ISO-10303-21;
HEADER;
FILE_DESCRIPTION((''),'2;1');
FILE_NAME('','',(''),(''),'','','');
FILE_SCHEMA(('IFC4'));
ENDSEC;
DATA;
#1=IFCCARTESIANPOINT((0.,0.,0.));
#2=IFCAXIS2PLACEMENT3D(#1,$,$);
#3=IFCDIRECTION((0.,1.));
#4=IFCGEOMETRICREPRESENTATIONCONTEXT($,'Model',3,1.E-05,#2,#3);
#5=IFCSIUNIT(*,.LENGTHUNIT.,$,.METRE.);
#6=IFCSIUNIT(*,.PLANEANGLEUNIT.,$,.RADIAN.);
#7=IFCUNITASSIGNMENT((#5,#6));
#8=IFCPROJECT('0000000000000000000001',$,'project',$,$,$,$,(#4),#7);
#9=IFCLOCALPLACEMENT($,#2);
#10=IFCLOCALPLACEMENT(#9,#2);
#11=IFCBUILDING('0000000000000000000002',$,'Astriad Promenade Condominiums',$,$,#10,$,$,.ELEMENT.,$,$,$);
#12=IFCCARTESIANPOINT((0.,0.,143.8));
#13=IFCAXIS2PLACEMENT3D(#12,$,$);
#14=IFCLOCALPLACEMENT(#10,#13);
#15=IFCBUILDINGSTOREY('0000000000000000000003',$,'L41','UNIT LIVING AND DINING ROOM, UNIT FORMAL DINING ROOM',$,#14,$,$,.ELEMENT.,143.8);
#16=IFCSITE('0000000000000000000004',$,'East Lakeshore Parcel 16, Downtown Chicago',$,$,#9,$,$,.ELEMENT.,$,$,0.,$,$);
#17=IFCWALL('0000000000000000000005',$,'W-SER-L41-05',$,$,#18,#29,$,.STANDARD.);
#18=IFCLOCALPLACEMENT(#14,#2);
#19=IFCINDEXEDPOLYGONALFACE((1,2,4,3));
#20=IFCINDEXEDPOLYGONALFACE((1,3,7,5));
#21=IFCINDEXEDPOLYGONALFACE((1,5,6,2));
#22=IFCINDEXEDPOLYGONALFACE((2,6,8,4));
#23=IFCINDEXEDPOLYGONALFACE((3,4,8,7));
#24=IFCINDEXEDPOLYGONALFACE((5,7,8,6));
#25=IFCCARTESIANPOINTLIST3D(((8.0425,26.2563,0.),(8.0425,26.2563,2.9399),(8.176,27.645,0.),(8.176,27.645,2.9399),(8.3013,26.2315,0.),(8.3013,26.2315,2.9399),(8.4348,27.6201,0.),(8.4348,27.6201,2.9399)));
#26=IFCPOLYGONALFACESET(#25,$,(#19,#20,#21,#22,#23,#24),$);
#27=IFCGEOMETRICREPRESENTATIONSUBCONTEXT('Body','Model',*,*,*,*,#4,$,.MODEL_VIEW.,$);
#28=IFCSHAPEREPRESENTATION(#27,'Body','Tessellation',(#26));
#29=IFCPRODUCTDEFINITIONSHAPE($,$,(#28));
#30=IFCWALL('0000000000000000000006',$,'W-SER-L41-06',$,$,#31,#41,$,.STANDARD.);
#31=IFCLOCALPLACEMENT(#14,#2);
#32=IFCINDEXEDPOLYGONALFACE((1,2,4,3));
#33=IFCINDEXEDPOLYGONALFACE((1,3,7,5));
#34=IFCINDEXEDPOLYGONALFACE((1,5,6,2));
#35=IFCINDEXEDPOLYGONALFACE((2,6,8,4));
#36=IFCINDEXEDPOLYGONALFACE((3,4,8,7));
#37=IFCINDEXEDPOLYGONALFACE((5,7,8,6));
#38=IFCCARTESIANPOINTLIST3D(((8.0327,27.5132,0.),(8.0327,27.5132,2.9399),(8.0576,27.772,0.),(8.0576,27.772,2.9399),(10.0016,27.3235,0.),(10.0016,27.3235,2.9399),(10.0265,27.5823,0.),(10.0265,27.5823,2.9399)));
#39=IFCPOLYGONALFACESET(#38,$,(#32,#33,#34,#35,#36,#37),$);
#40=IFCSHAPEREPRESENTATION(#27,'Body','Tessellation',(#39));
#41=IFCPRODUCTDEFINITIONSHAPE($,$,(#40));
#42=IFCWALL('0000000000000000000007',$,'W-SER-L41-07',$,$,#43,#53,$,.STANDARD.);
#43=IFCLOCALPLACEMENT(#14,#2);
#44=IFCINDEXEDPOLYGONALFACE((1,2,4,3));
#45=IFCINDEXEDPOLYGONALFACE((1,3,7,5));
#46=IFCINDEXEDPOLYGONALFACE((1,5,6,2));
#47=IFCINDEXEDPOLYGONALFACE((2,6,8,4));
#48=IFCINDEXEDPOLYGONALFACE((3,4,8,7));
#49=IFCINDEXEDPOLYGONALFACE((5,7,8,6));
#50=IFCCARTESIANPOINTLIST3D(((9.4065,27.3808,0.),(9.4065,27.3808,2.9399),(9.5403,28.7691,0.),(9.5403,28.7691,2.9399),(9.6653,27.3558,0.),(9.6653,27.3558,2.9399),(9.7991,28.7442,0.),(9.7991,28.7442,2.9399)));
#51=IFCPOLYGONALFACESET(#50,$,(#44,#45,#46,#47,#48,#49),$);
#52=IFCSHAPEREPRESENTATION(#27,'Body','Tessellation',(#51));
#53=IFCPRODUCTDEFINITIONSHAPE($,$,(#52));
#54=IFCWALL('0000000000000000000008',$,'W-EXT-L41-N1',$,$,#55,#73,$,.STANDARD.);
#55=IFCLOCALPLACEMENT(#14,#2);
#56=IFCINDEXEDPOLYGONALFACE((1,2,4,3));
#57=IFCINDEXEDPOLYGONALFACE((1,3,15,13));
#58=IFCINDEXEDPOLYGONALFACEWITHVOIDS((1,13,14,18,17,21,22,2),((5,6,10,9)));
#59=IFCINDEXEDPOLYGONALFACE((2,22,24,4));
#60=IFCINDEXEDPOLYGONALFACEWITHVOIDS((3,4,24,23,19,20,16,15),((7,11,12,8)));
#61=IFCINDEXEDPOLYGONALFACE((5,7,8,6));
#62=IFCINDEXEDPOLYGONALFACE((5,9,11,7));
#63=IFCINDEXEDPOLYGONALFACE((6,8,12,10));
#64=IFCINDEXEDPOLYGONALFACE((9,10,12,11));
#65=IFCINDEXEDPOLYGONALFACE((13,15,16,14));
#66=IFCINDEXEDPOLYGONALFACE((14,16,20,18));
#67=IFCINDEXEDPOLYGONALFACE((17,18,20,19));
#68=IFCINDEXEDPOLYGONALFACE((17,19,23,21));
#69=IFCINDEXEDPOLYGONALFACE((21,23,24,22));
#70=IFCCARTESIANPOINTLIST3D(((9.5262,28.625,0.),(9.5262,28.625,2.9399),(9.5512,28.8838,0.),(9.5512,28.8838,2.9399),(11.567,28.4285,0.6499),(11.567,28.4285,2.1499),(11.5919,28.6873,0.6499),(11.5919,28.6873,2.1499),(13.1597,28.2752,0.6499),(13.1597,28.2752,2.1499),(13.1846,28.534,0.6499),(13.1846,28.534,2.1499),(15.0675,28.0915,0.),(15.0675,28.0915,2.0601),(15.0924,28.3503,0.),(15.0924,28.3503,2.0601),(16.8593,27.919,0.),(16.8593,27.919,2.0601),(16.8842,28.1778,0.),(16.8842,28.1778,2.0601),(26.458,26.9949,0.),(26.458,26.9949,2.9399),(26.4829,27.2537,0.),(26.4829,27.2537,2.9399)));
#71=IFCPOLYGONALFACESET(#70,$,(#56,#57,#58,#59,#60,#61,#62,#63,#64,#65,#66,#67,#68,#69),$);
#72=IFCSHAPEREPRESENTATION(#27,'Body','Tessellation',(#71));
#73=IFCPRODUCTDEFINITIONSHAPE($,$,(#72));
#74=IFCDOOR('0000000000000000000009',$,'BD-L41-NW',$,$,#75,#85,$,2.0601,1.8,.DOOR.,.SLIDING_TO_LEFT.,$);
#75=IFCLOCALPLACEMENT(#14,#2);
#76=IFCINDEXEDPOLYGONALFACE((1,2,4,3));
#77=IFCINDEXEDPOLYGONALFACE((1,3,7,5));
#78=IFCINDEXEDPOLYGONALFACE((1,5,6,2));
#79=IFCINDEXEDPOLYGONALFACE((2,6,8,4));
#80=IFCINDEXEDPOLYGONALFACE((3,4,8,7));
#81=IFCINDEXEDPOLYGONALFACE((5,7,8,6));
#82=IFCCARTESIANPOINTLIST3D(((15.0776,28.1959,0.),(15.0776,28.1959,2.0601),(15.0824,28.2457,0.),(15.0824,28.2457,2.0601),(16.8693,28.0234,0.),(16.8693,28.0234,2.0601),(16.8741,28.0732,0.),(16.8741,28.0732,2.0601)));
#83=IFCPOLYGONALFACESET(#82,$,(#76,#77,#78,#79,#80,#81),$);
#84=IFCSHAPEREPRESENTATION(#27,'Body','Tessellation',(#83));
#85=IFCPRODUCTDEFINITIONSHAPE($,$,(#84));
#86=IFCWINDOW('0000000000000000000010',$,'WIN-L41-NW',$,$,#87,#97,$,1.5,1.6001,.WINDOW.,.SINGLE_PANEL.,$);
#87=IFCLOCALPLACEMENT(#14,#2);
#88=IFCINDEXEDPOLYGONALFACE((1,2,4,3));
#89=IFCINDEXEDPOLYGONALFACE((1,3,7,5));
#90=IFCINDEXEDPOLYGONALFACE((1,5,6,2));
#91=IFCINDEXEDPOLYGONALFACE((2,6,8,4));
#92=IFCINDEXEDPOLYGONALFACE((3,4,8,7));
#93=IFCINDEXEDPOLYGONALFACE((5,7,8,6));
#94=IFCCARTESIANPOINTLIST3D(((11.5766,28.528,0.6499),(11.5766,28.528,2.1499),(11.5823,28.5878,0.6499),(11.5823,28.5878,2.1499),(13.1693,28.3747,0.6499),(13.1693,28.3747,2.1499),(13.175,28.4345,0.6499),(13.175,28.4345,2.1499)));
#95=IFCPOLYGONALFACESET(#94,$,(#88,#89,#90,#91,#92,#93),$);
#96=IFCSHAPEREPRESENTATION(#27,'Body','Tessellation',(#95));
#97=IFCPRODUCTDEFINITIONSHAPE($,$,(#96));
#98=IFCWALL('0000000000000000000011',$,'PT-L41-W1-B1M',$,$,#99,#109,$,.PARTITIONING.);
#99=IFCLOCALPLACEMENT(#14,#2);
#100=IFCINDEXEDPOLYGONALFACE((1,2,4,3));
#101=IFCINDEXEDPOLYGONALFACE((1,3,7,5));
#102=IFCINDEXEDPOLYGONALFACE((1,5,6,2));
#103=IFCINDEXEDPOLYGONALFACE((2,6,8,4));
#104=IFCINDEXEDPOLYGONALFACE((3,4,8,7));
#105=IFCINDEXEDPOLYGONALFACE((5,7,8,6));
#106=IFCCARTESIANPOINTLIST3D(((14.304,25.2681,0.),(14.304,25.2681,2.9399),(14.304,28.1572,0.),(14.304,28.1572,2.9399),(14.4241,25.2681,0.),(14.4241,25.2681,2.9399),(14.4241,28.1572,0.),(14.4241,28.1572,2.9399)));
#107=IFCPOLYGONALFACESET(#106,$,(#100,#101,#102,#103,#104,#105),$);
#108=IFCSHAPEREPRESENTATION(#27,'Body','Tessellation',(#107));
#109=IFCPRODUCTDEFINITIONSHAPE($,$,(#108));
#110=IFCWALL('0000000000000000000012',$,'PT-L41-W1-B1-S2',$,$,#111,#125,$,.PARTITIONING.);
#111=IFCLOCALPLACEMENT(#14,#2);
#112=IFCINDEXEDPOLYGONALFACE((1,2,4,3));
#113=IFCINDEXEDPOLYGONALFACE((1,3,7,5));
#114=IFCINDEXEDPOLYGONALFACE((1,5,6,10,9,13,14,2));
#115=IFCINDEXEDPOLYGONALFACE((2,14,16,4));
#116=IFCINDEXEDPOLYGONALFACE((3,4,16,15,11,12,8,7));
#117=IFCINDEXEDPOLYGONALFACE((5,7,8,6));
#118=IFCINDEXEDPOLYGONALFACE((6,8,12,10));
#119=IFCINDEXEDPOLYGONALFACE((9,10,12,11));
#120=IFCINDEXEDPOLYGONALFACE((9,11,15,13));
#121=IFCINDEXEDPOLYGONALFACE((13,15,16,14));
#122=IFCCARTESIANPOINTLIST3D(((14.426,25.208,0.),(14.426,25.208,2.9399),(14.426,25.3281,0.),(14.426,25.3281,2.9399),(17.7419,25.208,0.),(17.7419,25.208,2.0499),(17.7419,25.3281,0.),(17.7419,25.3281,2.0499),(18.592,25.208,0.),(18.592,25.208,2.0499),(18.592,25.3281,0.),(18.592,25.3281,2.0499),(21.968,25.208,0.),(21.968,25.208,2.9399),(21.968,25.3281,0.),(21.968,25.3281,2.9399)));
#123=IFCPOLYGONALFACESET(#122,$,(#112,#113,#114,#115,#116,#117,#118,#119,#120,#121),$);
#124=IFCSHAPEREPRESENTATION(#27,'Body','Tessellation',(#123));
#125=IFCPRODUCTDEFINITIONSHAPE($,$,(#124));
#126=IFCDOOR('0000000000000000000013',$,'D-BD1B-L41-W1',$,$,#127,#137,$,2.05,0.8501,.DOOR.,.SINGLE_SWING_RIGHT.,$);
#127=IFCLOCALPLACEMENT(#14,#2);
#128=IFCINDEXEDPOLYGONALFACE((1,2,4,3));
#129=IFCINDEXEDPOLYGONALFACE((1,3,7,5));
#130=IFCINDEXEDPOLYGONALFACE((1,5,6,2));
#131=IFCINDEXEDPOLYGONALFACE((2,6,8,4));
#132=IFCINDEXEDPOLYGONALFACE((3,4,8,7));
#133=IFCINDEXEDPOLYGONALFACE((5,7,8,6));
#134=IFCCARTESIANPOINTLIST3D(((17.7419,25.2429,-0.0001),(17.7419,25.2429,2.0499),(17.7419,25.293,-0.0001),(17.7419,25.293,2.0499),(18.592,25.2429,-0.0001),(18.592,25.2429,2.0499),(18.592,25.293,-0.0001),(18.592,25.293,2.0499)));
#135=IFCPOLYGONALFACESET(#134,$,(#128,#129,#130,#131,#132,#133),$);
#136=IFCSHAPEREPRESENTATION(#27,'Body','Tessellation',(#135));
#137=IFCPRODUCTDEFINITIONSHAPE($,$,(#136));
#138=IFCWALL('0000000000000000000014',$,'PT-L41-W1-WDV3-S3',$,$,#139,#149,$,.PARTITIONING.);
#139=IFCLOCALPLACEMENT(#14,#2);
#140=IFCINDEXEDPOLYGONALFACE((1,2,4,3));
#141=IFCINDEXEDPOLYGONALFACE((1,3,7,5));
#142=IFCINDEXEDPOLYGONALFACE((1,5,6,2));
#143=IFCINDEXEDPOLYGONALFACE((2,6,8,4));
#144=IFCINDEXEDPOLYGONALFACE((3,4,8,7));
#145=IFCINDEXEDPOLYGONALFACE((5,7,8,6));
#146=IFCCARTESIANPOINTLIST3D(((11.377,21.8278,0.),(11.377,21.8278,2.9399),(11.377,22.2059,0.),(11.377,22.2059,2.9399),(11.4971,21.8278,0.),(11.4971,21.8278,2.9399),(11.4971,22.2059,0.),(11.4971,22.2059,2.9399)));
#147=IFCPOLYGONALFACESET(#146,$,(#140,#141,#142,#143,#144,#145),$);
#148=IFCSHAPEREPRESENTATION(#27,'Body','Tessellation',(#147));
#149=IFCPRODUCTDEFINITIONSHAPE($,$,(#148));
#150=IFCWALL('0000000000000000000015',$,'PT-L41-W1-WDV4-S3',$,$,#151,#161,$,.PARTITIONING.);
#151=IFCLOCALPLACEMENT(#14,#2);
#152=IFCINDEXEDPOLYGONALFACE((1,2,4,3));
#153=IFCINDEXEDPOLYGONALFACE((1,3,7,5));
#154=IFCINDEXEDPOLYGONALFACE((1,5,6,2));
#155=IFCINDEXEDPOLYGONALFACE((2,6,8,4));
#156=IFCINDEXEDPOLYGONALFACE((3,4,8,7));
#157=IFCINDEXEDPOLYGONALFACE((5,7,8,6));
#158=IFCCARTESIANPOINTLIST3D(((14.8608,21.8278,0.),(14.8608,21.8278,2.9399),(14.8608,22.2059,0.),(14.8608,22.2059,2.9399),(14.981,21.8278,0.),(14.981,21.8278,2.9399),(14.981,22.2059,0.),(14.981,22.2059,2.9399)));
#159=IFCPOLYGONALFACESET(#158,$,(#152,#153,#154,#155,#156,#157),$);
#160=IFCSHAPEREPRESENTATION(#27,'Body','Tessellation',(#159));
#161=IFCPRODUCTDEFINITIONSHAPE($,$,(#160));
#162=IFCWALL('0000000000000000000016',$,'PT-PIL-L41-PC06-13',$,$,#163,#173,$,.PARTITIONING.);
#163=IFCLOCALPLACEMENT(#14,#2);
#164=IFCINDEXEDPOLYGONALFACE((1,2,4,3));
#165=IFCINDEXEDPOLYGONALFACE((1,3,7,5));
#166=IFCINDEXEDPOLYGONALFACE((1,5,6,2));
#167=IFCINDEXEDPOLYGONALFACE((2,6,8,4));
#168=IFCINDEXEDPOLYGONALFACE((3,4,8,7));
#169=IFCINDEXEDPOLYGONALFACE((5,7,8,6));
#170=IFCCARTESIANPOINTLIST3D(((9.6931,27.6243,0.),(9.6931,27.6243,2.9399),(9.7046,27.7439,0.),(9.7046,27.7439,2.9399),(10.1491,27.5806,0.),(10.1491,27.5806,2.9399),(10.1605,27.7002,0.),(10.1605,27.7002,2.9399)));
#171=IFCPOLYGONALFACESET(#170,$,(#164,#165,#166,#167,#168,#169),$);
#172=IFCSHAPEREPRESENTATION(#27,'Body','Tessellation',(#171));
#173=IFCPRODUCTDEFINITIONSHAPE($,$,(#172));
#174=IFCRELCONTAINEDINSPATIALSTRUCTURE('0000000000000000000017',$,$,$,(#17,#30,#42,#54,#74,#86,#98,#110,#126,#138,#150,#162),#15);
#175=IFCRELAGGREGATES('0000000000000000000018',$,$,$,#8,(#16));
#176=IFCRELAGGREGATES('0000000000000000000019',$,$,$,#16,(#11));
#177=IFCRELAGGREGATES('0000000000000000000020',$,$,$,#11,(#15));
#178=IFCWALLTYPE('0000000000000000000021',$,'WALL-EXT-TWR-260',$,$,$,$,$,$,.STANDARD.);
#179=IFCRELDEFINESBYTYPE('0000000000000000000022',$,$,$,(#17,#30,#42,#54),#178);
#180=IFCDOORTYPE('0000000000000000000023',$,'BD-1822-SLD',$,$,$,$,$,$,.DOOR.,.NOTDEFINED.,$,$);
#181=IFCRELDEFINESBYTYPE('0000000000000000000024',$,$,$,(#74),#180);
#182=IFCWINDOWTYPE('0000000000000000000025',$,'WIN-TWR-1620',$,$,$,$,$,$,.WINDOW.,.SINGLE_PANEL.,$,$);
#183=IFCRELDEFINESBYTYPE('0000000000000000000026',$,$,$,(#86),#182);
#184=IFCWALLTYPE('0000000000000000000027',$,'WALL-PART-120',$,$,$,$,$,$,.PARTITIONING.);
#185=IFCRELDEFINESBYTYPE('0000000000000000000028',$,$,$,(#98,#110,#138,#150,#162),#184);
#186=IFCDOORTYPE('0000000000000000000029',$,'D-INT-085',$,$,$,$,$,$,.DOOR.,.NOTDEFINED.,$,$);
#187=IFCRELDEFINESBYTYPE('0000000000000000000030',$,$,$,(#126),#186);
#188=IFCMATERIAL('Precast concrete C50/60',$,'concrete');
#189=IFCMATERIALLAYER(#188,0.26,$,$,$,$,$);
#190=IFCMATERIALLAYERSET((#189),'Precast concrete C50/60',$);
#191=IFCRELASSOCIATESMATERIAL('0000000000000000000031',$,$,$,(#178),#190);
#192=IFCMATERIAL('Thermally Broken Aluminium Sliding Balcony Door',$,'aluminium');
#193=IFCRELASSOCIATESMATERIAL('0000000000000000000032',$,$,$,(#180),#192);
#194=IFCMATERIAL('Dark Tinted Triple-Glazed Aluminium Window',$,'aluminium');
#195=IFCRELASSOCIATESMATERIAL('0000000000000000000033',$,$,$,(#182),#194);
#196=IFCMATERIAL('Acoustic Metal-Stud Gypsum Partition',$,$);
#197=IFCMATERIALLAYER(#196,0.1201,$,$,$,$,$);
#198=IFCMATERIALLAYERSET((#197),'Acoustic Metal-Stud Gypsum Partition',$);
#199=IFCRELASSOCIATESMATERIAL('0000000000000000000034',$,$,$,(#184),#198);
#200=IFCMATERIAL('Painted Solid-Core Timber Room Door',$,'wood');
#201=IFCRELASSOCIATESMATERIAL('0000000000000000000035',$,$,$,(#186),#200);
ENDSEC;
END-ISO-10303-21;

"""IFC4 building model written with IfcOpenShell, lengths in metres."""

from ifc_helpers import new_model, si_unit, direction, frame, frame_2d, origin, place, context, subcontext, project, spatial, rectangle, extrude, source, transform, mapped, material, layer, layer_set, type_object, type_shapes, element, fill, save


model = new_model("IFC4")

# Units and contexts
model_context = context("Model", 3, precision=1e-05, world=origin(), true_north=direction((0.0, 1.0)))
body_context = subcontext(model_context, "Body", "Model", "MODEL_VIEW")
ifc_project = project(units=[si_unit("LENGTHUNIT", "METRE"), si_unit("PLANEANGLEUNIT", "RADIAN")], contexts=[model_context])

# Site, building, storey
site_placement = place(None, origin())
site = spatial("IfcSite", under=ifc_project, at=site_placement, Name="East Lakeshore Parcel 16, Downtown Chicago", CompositionType="ELEMENT", RefElevation=0.0)
building_placement = place(site_placement, origin())
building = spatial("IfcBuilding", under=site, at=building_placement, Name="Astriad Promenade Condominiums", CompositionType="ELEMENT")
storey_placement = place(building_placement, frame((0.0, 0.0, 143.8)))
storey = spatial("IfcBuildingStorey", under=building, at=storey_placement, Name="L41", Description="UNIT LIVING AND DINING ROOM, UNIT FORMAL DINING ROOM", CompositionType="ELEMENT", Elevation=143.8)

# Walls
ifc_material_1 = material(Name="Precast concrete C50/60", Category="concrete")
ifc_layer_1 = layer(ifc_material_1, 0.26)
ifc_layer_set_1 = layer_set([ifc_layer_1], Name="Precast concrete C50/60")
wall_type_1 = type_object("IfcWallType", Name="WALL-EXT-TWR-260", PredefinedType="STANDARD", material=ifc_layer_set_1)
wall_1_placement = place(storey_placement, frame((8.1719, 26.2439, 0.0), z_axis=(0.0, 0.0, 1.0), x_axis=(0.095726, 0.995408, 0.0)))
element("IfcWall", 1, at=wall_1_placement, inside=storey, type_object=wall_type_1, Name="W-SER-L41-05", PredefinedType="STANDARD", context=body_context, shape_type="SweptSolid", body=[
    extrude(rectangle(XDim=1.395, YDim=0.26, at=frame_2d((0.6975, 0.0))), origin(), (0.0, 0.0, 1.0), 2.9399),
])
wall_2_placement = place(storey_placement, frame((8.0452, 27.6426, 0.0), z_axis=(0.0, 0.0, 1.0), x_axis=(0.995391, -0.095898, 0.0)))
element("IfcWall", 2, at=wall_2_placement, inside=storey, type_object=wall_type_1, Name="W-SER-L41-06", PredefinedType="STANDARD", context=body_context, shape_type="SweptSolid", body=[
    extrude(rectangle(XDim=1.978, YDim=0.26, at=frame_2d((0.989, 0.0))), origin(), (0.0, 0.0, 1.0), 2.9399),
])
wall_3_placement = place(storey_placement, frame((9.5359, 27.3684, 0.0), z_axis=(0.0, 0.0, 1.0), x_axis=(0.095916, 0.995389, 0.0)))
element("IfcWall", 3, at=wall_3_placement, inside=storey, type_object=wall_type_1, Name="W-SER-L41-07", PredefinedType="STANDARD", context=body_context, shape_type="SweptSolid", body=[
    extrude(rectangle(XDim=1.3948, YDim=0.26, at=frame_2d((0.6973, 0.0))), origin(), (0.0, 0.0, 1.0), 2.9399),
])

# Wall, openings, door, window
wall_4_placement = place(storey_placement, frame((9.5388, 28.7544, 0.0), z_axis=(0.0, 0.0, 1.0), x_axis=(0.995397, -0.095834, 0.0)))
wall_4 = element("IfcWall", 4, at=wall_4_placement, inside=storey, type_object=wall_type_1, Name="W-EXT-L41-N1", PredefinedType="STANDARD", context=body_context, shape_type="SweptSolid", body=[
    extrude(rectangle(XDim=17.01, YDim=0.26, at=frame_2d((8.5049, 0.0))), origin(), (0.0, 0.0, 1.0), 2.9399),
])
opening_1_placement = place(wall_4_placement, frame((5.5669, 0.0, 0.0)))
opening_1 = element("IfcOpeningElement", 5, at=opening_1_placement, cuts=wall_4, PredefinedType="OPENING", context=body_context, shape_type="SweptSolid", body=[
    extrude(rectangle(XDim=1.8, YDim=2.0601, at=frame_2d((0.8999, 1.03))), frame((0.0, 0.1399, 0.0), z_axis=(0.0, -1.0, 0.0), x_axis=(1.0, 0.0, 0.0)), (0.0, 0.0, 1.0), 0.28),
])
opening_2_placement = place(wall_4_placement, frame((2.05, 0.0, 0.6499)))
opening_2 = element("IfcOpeningElement", 6, at=opening_2_placement, cuts=wall_4, PredefinedType="OPENING", context=body_context, shape_type="SweptSolid", body=[
    extrude(rectangle(XDim=1.6001, YDim=1.5, at=frame_2d((0.8, 0.75))), frame((0.0, 0.1399, 0.0), z_axis=(0.0, -1.0, 0.0), x_axis=(1.0, 0.0, 0.0)), (0.0, 0.0, 1.0), 0.28),
])
ifc_material_2 = material(Name="Thermally Broken Aluminium Sliding Balcony Door", Category="aluminium")
door_type_1 = type_object("IfcDoorType", Name="BD-1822-SLD", OperationType="NOTDEFINED", PredefinedType="DOOR", material=ifc_material_2)
shared_shape_1 = source(origin(), body_context, "Body", "SweptSolid", [
    extrude(rectangle(XDim=1.8, YDim=2.0601, at=frame_2d((0.8999, 1.03))), frame((0.0, 0.0249, 0.0), z_axis=(0.0, -1.0, 0.0), x_axis=(1.0, 0.0, 0.0)), (0.0, 0.0, 1.0), 0.05),
])
type_shapes(door_type_1, [shared_shape_1])
door_1_placement = place(opening_1_placement, origin())
door_1 = element("IfcDoor", 7, at=door_1_placement, inside=storey, type_object=door_type_1, Name="BD-L41-NW", OperationType="SLIDING_TO_LEFT", OverallHeight=2.0601, OverallWidth=1.8, PredefinedType="DOOR", context=body_context, shape_type="MappedRepresentation", body=[
    mapped(shared_shape_1, transform((0.0, 0.0, 0.0), scale=1.0)),
])
fill(opening_1, door_1)
ifc_material_3 = material(Name="Dark Tinted Triple-Glazed Aluminium Window", Category="aluminium")
window_type = type_object("IfcWindowType", Name="WIN-TWR-1620", PartitioningType="SINGLE_PANEL", PredefinedType="WINDOW", material=ifc_material_3)
shared_shape_2 = source(origin(), body_context, "Body", "SweptSolid", [
    extrude(rectangle(XDim=1.6001, YDim=1.5, at=frame_2d((0.8, 0.75))), frame((0.0, 0.03, 0.0), z_axis=(0.0, -1.0, 0.0), x_axis=(1.0, 0.0, 0.0)), (0.0, 0.0, 1.0), 0.0601),
])
type_shapes(window_type, [shared_shape_2])
window_placement = place(opening_2_placement, origin())
window = element("IfcWindow", 8, at=window_placement, inside=storey, type_object=window_type, Name="WIN-L41-NW", OverallHeight=1.5, OverallWidth=1.6001, PartitioningType="SINGLE_PANEL", PredefinedType="WINDOW", context=body_context, shape_type="MappedRepresentation", body=[
    mapped(shared_shape_2, transform((0.0, 0.0, 0.0), scale=1.0)),
])
fill(opening_2, window)

# Wall
ifc_material_4 = material(Name="Acoustic Metal-Stud Gypsum Partition")
ifc_layer_2 = layer(ifc_material_4, 0.1201)
ifc_layer_set_2 = layer_set([ifc_layer_2], Name="Acoustic Metal-Stud Gypsum Partition")
wall_type_2 = type_object("IfcWallType", Name="WALL-PART-120", PredefinedType="PARTITIONING", material=ifc_layer_set_2)
wall_5_placement = place(storey_placement, frame((14.364, 25.2681, 0.0), z_axis=(0.0, 0.0, 1.0), x_axis=(0.0, 1.0, 0.0)))
element("IfcWall", 9, at=wall_5_placement, inside=storey, type_object=wall_type_2, Name="PT-L41-W1-B1M", PredefinedType="PARTITIONING", context=body_context, shape_type="SweptSolid", body=[
    extrude(rectangle(XDim=2.8892, YDim=0.1201, at=frame_2d((1.4446, 0.0))), origin(), (0.0, 0.0, 1.0), 2.9399),
])

# Wall, opening, door
wall_6_placement = place(storey_placement, frame((14.426, 25.2681, 0.0), z_axis=(0.0, 0.0, 1.0), x_axis=(1.0, 0.0, 0.0)))
wall_6 = element("IfcWall", 10, at=wall_6_placement, inside=storey, type_object=wall_type_2, Name="PT-L41-W1-B1-S2", PredefinedType="PARTITIONING", context=body_context, shape_type="SweptSolid", body=[
    extrude(rectangle(XDim=7.542, YDim=0.1201, at=frame_2d((3.771, 0.0))), origin(), (0.0, 0.0, 1.0), 2.9399),
])
opening_3_placement = place(wall_6_placement, frame((3.3159, 0.0, 0.0)))
opening_3 = element("IfcOpeningElement", 11, at=opening_3_placement, cuts=wall_6, PredefinedType="OPENING", context=body_context, shape_type="SweptSolid", body=[
    extrude(rectangle(XDim=0.8501, YDim=2.05, at=frame_2d((0.425, 1.0249))), frame((0.0, 0.0701, 0.0), z_axis=(0.0, -1.0, 0.0), x_axis=(1.0, 0.0, 0.0)), (0.0, 0.0, 1.0), 0.1401),
])
ifc_material_5 = material(Name="Painted Solid-Core Timber Room Door", Category="wood")
door_type_2 = type_object("IfcDoorType", Name="D-INT-085", OperationType="NOTDEFINED", PredefinedType="DOOR", material=ifc_material_5)
shared_shape_3 = source(origin(), body_context, "Body", "SweptSolid", [
    extrude(rectangle(XDim=0.8501, YDim=2.05, at=frame_2d((0.425, 1.0249))), frame((0.0, 0.0249, 0.0), z_axis=(0.0, -1.0, 0.0), x_axis=(1.0, 0.0, 0.0)), (0.0, 0.0, 1.0), 0.05),
])
type_shapes(door_type_2, [shared_shape_3])
door_2_placement = place(opening_3_placement, origin())
door_2 = element("IfcDoor", 12, at=door_2_placement, inside=storey, type_object=door_type_2, Name="D-BD1B-L41-W1", OperationType="SINGLE_SWING_RIGHT", OverallHeight=2.05, OverallWidth=0.8501, PredefinedType="DOOR", context=body_context, shape_type="MappedRepresentation", body=[
    mapped(shared_shape_3, transform((0.0, 0.0, 0.0), scale=1.0)),
])
fill(opening_3, door_2)

# Walls
for number, where, z_axis, x_axis, name in (
    (13, (11.437, 21.8279, 0.0), (0.0, 0.0, 1.0), (0.0, 1.0, 0.0), "PT-L41-W1-WDV3-S3"),
    (14, (14.9209, 21.8279, 0.0), (0.0, 0.0, 1.0), (0.0, 1.0, 0.0), "PT-L41-W1-WDV4-S3"),
):
    element("IfcWall", number, at=place(storey_placement, frame(where, z_axis=z_axis, x_axis=x_axis)), inside=storey, type_object=wall_type_2, Name=name, PredefinedType="PARTITIONING", context=body_context, shape_type="SweptSolid", body=[
        extrude(rectangle(XDim=0.3782, YDim=0.1201, at=frame_2d((0.189, 0.0))), origin(), (0.0, 0.0, 1.0), 2.9399),
    ])
wall_7_placement = place(storey_placement, frame((10.1548, 27.6404, 0.0), z_axis=(0.0, 0.0, 1.0), x_axis=(-0.995435, 0.095438, 0.0)))
element("IfcWall", 15, at=wall_7_placement, inside=storey, type_object=wall_type_2, Name="PT-PIL-L41-PC06-13", PredefinedType="PARTITIONING", context=body_context, shape_type="SweptSolid", body=[
    extrude(rectangle(XDim=0.458, YDim=0.1201, at=frame_2d((0.229, 0.0))), origin(), (0.0, 0.0, 1.0), 2.9399),
])

save(model, "model.ifc")
